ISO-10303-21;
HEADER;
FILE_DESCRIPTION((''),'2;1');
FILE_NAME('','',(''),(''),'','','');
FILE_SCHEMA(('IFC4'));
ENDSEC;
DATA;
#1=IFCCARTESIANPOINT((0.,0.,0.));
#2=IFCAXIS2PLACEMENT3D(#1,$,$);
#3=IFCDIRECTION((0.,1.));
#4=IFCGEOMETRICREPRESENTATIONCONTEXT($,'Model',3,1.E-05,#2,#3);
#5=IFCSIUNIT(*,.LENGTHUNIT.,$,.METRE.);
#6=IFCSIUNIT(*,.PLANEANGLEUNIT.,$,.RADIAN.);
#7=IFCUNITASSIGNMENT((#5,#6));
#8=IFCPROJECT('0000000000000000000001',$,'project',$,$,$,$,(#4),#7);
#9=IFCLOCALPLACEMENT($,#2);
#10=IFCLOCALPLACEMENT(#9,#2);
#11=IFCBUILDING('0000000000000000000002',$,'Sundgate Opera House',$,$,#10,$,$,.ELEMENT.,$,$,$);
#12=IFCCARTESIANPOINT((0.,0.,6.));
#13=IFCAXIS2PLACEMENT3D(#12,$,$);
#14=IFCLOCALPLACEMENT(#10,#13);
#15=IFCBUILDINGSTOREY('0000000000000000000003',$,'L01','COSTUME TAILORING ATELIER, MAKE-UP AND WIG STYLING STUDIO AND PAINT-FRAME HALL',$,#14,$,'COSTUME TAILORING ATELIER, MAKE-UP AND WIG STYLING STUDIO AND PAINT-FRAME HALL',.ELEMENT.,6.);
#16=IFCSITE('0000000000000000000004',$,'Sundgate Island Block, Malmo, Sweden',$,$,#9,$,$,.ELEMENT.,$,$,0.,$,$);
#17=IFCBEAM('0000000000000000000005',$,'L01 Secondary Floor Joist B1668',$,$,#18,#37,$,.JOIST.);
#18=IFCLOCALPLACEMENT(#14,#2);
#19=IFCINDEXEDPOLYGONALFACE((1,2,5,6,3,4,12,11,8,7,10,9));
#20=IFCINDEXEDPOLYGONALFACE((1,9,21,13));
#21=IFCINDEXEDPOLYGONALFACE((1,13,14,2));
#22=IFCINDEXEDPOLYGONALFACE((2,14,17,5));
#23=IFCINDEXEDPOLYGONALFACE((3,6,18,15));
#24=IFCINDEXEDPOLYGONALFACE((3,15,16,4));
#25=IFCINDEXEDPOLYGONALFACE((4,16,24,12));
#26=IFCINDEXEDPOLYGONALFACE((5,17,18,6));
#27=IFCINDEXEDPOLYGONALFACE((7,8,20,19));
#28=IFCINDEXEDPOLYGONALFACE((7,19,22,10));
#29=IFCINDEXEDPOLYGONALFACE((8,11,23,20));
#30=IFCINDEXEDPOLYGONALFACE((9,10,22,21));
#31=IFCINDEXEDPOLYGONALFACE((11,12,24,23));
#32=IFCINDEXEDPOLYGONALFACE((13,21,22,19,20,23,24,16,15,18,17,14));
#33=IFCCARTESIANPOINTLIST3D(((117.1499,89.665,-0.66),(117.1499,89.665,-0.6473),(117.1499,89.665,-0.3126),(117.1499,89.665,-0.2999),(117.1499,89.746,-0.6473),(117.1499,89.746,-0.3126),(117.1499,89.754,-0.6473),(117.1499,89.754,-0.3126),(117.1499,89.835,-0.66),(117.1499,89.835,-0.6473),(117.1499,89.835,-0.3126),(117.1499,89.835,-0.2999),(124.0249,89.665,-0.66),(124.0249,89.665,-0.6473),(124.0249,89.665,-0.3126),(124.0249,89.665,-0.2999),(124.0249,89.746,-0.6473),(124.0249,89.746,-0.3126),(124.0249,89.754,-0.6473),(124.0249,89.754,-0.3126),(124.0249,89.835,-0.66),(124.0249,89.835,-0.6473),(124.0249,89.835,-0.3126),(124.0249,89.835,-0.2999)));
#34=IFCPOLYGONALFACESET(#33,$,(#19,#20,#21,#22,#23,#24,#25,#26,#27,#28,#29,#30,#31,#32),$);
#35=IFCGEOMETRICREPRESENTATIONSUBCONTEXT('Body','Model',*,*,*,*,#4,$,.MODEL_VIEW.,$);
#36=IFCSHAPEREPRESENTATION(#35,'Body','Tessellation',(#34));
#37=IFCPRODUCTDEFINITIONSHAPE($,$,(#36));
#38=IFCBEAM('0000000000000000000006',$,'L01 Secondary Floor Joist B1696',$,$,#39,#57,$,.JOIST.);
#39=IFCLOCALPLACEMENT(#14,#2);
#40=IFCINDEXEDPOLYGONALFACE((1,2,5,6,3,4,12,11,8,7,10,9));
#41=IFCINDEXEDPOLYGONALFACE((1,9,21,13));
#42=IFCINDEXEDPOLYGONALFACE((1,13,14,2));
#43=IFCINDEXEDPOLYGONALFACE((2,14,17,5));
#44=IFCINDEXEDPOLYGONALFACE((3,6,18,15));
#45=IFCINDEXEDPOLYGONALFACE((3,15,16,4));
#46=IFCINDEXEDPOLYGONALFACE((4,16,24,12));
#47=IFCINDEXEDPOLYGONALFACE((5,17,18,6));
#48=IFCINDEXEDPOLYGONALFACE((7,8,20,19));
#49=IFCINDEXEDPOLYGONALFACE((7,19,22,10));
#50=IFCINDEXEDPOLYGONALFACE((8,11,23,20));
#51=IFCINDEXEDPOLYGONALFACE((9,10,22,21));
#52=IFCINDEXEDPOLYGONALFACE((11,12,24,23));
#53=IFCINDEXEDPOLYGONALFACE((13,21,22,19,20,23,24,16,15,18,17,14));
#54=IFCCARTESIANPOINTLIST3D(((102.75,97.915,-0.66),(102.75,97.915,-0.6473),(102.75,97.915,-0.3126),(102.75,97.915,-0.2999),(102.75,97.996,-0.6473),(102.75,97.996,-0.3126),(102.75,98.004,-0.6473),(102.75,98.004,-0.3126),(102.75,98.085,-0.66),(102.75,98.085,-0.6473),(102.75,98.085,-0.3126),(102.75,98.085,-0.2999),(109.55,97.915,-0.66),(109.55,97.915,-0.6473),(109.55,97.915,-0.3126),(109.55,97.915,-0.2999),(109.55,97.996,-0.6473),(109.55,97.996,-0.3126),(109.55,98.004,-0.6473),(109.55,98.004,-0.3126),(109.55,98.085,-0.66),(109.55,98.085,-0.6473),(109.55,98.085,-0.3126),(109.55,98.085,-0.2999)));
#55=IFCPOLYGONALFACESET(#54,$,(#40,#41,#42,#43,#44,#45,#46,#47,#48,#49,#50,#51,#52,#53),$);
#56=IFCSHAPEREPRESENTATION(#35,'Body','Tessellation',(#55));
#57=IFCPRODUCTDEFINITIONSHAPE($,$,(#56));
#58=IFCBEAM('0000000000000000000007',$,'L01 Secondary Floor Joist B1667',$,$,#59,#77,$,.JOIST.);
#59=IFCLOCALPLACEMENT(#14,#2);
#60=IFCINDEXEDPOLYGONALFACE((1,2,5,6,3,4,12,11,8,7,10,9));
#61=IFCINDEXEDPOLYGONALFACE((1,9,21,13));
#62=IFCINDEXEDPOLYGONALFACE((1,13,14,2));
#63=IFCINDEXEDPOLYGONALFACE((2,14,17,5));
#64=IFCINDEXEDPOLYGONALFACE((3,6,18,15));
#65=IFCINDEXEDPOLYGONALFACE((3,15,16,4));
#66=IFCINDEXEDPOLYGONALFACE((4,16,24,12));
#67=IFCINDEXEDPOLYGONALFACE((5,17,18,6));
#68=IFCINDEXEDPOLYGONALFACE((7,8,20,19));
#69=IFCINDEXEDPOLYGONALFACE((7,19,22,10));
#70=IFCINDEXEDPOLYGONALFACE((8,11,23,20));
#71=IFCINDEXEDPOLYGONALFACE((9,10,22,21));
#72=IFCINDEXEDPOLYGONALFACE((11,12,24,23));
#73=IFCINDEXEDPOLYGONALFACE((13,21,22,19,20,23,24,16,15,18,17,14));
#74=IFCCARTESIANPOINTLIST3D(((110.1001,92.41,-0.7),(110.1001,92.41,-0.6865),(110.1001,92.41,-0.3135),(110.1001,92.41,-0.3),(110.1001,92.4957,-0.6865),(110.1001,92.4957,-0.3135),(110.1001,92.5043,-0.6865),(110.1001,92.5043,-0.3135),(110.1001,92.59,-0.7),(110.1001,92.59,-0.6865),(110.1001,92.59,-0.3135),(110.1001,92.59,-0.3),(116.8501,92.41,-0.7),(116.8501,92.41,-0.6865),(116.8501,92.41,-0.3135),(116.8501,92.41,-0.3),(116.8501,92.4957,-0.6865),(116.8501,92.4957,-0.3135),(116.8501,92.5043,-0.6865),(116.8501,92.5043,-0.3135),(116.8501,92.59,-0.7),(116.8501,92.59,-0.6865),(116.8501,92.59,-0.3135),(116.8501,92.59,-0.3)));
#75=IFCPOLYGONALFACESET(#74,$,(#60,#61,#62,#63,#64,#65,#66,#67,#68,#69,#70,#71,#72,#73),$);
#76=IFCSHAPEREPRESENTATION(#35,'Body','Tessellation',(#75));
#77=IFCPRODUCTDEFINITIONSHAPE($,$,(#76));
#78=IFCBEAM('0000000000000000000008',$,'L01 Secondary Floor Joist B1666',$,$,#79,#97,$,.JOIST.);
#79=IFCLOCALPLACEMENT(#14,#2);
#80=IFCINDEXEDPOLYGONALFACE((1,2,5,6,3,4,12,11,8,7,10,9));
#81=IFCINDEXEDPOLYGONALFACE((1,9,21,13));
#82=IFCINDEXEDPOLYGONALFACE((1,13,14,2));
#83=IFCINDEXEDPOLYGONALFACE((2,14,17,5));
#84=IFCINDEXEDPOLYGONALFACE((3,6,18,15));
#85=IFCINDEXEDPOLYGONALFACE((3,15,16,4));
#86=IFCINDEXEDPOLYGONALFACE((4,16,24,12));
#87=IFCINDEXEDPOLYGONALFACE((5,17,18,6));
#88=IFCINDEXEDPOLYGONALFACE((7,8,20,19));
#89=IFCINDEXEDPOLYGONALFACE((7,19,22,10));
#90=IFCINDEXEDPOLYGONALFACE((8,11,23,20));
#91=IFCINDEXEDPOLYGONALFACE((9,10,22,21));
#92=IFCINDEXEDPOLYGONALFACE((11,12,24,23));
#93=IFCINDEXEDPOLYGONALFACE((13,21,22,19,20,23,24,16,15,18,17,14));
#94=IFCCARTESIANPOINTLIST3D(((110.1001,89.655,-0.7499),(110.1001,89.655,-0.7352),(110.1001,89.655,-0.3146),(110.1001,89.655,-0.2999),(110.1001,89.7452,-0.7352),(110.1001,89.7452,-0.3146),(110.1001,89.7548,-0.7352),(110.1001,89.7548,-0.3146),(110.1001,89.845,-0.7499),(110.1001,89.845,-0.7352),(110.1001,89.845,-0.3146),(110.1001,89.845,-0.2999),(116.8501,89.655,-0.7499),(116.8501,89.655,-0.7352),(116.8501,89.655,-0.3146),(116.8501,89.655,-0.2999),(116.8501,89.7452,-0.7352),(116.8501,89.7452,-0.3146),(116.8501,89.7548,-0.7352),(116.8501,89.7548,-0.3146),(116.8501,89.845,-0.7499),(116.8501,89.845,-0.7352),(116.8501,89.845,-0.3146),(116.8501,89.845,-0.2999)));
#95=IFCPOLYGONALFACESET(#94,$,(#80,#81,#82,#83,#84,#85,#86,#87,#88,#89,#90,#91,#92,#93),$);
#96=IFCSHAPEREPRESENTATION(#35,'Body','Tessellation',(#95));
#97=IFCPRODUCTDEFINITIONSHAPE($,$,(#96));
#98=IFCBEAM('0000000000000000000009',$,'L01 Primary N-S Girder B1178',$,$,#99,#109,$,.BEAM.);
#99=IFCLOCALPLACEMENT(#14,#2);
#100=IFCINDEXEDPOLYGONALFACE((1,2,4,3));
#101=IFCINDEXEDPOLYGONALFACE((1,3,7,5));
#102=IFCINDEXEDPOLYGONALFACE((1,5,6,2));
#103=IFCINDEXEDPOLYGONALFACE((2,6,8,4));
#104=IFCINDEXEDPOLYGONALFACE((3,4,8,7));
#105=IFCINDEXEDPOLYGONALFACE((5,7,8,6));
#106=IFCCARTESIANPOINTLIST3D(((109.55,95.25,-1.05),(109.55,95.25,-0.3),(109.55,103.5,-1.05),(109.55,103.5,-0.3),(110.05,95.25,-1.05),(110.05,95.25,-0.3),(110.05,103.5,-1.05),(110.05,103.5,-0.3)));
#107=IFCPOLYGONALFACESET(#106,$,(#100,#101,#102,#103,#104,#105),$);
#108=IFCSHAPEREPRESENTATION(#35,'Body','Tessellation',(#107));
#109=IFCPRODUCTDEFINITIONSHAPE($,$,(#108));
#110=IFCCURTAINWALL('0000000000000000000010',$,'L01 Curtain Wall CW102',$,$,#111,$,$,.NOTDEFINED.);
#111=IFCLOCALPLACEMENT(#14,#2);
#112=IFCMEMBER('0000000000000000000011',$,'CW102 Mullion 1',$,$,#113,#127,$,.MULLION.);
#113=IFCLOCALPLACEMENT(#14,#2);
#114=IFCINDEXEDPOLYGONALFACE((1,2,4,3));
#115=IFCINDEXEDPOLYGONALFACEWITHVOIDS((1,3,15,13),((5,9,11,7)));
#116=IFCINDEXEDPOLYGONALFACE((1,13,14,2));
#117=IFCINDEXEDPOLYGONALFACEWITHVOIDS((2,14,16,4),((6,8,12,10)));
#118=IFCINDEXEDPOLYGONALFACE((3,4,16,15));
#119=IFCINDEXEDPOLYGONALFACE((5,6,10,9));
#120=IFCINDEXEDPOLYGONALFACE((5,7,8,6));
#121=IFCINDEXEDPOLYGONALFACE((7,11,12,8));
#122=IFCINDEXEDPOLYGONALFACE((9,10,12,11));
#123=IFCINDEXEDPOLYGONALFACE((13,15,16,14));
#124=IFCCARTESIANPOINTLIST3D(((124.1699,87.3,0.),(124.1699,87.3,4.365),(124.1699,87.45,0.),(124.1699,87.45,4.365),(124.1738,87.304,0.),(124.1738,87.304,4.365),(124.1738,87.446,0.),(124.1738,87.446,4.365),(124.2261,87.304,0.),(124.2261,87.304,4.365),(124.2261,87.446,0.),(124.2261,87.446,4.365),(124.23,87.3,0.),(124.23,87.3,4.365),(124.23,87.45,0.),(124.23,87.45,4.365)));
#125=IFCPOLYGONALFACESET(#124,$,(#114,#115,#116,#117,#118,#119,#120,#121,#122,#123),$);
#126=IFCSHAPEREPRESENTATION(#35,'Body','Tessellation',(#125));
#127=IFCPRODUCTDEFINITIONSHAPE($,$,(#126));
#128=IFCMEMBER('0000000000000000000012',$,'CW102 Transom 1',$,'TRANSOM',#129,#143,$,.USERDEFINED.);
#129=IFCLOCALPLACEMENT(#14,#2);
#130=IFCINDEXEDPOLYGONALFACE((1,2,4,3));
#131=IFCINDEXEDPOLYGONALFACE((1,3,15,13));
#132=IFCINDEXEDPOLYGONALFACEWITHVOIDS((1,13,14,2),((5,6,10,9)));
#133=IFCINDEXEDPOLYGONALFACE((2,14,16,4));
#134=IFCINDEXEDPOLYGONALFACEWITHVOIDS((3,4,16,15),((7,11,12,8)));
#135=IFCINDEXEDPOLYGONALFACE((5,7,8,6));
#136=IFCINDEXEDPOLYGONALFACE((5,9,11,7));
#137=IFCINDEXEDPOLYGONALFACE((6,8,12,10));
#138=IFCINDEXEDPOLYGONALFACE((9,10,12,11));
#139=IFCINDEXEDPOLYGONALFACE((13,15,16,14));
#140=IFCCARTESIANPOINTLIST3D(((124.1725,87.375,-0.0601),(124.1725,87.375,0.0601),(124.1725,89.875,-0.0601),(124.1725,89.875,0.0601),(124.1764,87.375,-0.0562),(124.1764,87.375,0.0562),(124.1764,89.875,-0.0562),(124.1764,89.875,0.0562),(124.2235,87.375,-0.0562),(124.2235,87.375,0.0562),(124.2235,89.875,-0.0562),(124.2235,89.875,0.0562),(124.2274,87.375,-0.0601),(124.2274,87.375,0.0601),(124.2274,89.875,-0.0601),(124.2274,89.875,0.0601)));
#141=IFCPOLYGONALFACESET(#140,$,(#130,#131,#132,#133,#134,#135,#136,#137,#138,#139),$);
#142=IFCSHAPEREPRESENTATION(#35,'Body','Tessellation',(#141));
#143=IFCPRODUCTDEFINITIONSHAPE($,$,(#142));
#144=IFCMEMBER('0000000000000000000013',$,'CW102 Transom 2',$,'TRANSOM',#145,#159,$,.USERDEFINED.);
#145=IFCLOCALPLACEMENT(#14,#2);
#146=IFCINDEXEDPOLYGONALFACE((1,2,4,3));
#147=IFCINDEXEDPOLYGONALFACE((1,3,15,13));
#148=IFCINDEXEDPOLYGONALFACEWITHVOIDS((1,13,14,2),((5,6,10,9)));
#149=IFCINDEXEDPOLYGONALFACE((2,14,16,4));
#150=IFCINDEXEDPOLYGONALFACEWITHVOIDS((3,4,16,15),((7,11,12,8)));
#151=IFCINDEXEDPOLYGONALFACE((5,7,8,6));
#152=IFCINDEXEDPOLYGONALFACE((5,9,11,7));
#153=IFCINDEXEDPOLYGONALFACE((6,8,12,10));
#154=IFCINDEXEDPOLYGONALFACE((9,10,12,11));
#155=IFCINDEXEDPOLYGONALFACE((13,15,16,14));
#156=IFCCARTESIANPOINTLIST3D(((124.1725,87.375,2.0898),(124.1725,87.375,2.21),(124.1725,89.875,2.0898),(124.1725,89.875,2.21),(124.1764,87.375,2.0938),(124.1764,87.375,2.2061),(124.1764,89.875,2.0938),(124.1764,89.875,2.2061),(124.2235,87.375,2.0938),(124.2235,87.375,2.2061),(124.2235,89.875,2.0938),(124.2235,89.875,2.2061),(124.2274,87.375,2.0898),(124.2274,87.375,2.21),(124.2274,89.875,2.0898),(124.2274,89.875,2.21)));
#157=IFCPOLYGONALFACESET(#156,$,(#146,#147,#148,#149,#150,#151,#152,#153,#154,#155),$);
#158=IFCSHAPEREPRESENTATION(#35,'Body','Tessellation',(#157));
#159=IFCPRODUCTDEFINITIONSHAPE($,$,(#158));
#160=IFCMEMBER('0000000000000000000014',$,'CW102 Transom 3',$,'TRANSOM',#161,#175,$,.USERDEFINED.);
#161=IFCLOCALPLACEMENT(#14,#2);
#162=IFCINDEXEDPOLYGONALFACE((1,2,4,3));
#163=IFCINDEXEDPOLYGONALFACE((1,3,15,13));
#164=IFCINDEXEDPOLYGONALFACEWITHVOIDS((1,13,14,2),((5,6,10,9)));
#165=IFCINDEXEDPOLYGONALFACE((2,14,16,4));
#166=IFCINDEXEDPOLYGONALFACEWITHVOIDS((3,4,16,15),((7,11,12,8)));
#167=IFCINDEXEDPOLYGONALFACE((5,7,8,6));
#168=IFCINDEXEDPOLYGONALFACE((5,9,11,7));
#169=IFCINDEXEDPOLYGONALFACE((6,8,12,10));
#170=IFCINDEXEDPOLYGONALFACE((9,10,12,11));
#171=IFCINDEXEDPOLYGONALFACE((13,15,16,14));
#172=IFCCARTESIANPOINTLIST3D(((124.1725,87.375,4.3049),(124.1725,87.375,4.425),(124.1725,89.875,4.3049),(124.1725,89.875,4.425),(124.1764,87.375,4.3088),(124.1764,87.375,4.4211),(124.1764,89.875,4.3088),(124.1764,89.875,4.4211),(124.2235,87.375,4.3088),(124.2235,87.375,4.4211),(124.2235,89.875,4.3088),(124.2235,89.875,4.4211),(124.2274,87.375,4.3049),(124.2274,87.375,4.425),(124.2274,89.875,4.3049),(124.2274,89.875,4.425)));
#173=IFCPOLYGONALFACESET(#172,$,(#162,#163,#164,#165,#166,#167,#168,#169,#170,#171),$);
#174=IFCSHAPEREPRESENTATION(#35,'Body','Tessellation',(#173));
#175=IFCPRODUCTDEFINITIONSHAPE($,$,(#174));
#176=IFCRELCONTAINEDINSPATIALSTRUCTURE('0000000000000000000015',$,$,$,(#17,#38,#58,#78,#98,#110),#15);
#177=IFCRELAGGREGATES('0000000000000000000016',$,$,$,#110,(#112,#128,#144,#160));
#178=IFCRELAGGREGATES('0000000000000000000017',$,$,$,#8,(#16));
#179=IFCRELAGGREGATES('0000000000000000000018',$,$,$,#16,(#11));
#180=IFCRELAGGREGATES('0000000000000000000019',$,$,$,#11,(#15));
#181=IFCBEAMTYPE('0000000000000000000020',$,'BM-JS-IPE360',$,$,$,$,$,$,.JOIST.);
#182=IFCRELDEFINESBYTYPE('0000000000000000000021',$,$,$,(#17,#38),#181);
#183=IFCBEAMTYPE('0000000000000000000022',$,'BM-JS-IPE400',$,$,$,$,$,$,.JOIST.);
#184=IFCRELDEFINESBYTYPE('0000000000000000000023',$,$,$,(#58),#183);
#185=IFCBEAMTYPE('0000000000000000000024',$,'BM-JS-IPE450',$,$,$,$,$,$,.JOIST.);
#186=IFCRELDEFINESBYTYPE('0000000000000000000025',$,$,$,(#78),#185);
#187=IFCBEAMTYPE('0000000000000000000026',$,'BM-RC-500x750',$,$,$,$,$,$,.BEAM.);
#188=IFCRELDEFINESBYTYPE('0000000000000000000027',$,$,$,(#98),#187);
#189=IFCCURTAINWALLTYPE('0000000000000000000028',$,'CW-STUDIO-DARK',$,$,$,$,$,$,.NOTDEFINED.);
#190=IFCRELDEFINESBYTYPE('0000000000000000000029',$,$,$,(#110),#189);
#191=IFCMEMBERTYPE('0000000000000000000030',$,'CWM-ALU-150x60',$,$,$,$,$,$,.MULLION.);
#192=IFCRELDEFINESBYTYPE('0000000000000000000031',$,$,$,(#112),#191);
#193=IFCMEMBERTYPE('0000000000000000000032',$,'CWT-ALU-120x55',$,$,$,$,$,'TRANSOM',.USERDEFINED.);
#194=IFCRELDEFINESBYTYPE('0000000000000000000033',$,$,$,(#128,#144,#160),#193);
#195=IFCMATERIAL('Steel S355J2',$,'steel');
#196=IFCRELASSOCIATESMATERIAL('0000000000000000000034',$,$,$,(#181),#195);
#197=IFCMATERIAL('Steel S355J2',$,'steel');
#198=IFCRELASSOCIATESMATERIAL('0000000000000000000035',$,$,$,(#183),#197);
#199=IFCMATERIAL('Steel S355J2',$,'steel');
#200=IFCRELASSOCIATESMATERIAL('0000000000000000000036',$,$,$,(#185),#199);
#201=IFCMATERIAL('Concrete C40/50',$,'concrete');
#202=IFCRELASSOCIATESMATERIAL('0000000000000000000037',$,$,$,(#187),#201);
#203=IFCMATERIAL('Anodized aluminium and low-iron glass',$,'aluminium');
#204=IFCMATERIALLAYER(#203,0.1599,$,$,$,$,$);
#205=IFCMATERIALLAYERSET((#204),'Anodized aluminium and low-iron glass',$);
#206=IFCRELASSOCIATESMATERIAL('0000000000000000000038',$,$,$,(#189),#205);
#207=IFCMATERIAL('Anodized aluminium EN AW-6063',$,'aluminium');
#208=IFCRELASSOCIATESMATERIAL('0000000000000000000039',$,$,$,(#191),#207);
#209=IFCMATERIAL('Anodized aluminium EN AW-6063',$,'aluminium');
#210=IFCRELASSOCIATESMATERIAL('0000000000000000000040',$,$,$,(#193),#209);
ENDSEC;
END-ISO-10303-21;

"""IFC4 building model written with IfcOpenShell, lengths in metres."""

from ifc_helpers import new_model, si_unit, direction, frame, origin, origin_2d, place, context, subcontext, project, spatial, rectangle, hollow_rectangle, i_section, extrude, material, layer, layer_set, material_profile, profile_set, type_object, element, aggregate, save


model = new_model("IFC4")

# Units and contexts
model_context = context("Model", 3, precision=1e-05, world=origin(), true_north=direction((0.0, 1.0)))
body_context = subcontext(model_context, "Body", "Model", "MODEL_VIEW")
ifc_project = project(units=[si_unit("LENGTHUNIT", "METRE"), si_unit("PLANEANGLEUNIT", "RADIAN")], contexts=[model_context])

# Site, building, storey
site_placement = place(None, origin())
site = spatial("IfcSite", under=ifc_project, at=site_placement, Name="Sundgate Island Block, Malmo, Sweden", CompositionType="ELEMENT", RefElevation=0.0)
building_placement = place(site_placement, origin())
building = spatial("IfcBuilding", under=site, at=building_placement, Name="Sundgate Opera House", CompositionType="ELEMENT")
storey_placement = place(building_placement, frame((0.0, 0.0, 6.0)))
storey = spatial("IfcBuildingStorey", under=building, at=storey_placement, Name="L01", Description="COSTUME TAILORING ATELIER, MAKE-UP AND WIG STYLING STUDIO AND PAINT-FRAME HALL", LongName="COSTUME TAILORING ATELIER, MAKE-UP AND WIG STYLING STUDIO AND PAINT-FRAME HALL", CompositionType="ELEMENT", Elevation=6.0)

# Beams
ifc_material_1 = material(Name="Steel S355J2", Category="steel")
ifc_material_profile_1 = material_profile(ifc_material_1, i_section(OverallWidth=0.1699, OverallDepth=0.3601, WebThickness=0.0081, FlangeThickness=0.0127, at=origin_2d()), Name="IPE 360")
ifc_profile_set_1 = profile_set([ifc_material_profile_1], Name="Steel S355J2")
beam_type_1 = type_object("IfcBeamType", Name="BM-JS-IPE360", PredefinedType="JOIST", material=ifc_profile_set_1)
beam_1_placement = place(storey_placement, frame((117.1499, 89.75, -0.48), z_axis=(1.0, 0.0, 0.0), x_axis=(0.0, 1.0, 0.0)))
element("IfcBeam", 1, at=beam_1_placement, inside=storey, type_object=beam_type_1, Name="L01 Secondary Floor Joist B1668", PredefinedType="JOIST", context=body_context, shape_type="SweptSolid", body=[
    extrude(i_section(OverallWidth=0.1699, OverallDepth=0.3601, WebThickness=0.0081, FlangeThickness=0.0127, at=origin_2d()), origin(), (0.0, 0.0, 1.0), 6.875),
])
beam_2_placement = place(storey_placement, frame((102.75, 98.0, -0.48), z_axis=(1.0, 0.0, 0.0), x_axis=(0.0, 1.0, 0.0)))
element("IfcBeam", 2, at=beam_2_placement, inside=storey, type_object=beam_type_1, Name="L01 Secondary Floor Joist B1696", PredefinedType="JOIST", context=body_context, shape_type="SweptSolid", body=[
    extrude(i_section(OverallWidth=0.1699, OverallDepth=0.3601, WebThickness=0.0081, FlangeThickness=0.0127, at=origin_2d()), origin(), (0.0, 0.0, 1.0), 6.8),
])
ifc_material_2 = material(Name="Steel S355J2", Category="steel")
ifc_material_profile_2 = material_profile(ifc_material_2, i_section(OverallWidth=0.1799, OverallDepth=0.3999, WebThickness=0.0085, FlangeThickness=0.0134, at=origin_2d()), Name="IPE 400")
ifc_profile_set_2 = profile_set([ifc_material_profile_2], Name="Steel S355J2")
beam_type_2 = type_object("IfcBeamType", Name="BM-JS-IPE400", PredefinedType="JOIST", material=ifc_profile_set_2)
beam_3_placement = place(storey_placement, frame((110.1001, 92.5, -0.5), z_axis=(1.0, 0.0, 0.0), x_axis=(0.0, 1.0, 0.0)))
element("IfcBeam", 3, at=beam_3_placement, inside=storey, type_object=beam_type_2, Name="L01 Secondary Floor Joist B1667", PredefinedType="JOIST", context=body_context, shape_type="SweptSolid", body=[
    extrude(i_section(OverallWidth=0.1799, OverallDepth=0.3999, WebThickness=0.0085, FlangeThickness=0.0134, at=origin_2d()), origin(), (0.0, 0.0, 1.0), 6.75),
])
ifc_material_3 = material(Name="Steel S355J2", Category="steel")
ifc_material_profile_3 = material_profile(ifc_material_3, i_section(OverallWidth=0.1899, OverallDepth=0.45, WebThickness=0.0095, FlangeThickness=0.0146, at=origin_2d()), Name="IPE 450")
ifc_profile_set_3 = profile_set([ifc_material_profile_3], Name="Steel S355J2")
beam_type_3 = type_object("IfcBeamType", Name="BM-JS-IPE450", PredefinedType="JOIST", material=ifc_profile_set_3)
beam_4_placement = place(storey_placement, frame((110.1001, 89.75, -0.5249), z_axis=(1.0, 0.0, 0.0), x_axis=(0.0, 1.0, 0.0)))
element("IfcBeam", 4, at=beam_4_placement, inside=storey, type_object=beam_type_3, Name="L01 Secondary Floor Joist B1666", PredefinedType="JOIST", context=body_context, shape_type="SweptSolid", body=[
    extrude(i_section(OverallWidth=0.1899, OverallDepth=0.45, WebThickness=0.0095, FlangeThickness=0.0146, at=origin_2d()), origin(), (0.0, 0.0, 1.0), 6.75),
])
ifc_material_4 = material(Name="Concrete C40/50", Category="concrete")
ifc_material_profile_4 = material_profile(ifc_material_4, rectangle(XDim=0.5, YDim=0.75, at=origin_2d()), Name="RC 500x750")
ifc_profile_set_4 = profile_set([ifc_material_profile_4], Name="Concrete C40/50")
beam_type_4 = type_object("IfcBeamType", Name="BM-RC-500x750", PredefinedType="BEAM", material=ifc_profile_set_4)
beam_5_placement = place(storey_placement, frame((109.8, 95.25, -0.675), z_axis=(0.0, 1.0, 0.0), x_axis=(-1.0, 0.0, 0.0)))
element("IfcBeam", 5, at=beam_5_placement, inside=storey, type_object=beam_type_4, Name="L01 Primary N-S Girder B1178", PredefinedType="BEAM", context=body_context, shape_type="SweptSolid", body=[
    extrude(rectangle(XDim=0.5, YDim=0.75, at=origin_2d()), origin(), (0.0, 0.0, 1.0), 8.25),
])

# Curtain wall, members
ifc_material_5 = material(Name="Anodized aluminium and low-iron glass", Category="aluminium")
ifc_layer_1 = layer(ifc_material_5, 0.1599)
ifc_layer_set_1 = layer_set([ifc_layer_1], Name="Anodized aluminium and low-iron glass")
curtain_wall_type = type_object("IfcCurtainWallType", Name="CW-STUDIO-DARK", PredefinedType="NOTDEFINED", material=ifc_layer_set_1)
curtain_wall_placement = place(storey_placement, origin())
curtain_wall = element("IfcCurtainWall", 6, at=curtain_wall_placement, inside=storey, type_object=curtain_wall_type, Name="L01 Curtain Wall CW102", PredefinedType="NOTDEFINED")
ifc_material_6 = material(Name="Anodized aluminium EN AW-6063", Category="aluminium")
ifc_material_profile_5 = material_profile(ifc_material_6, hollow_rectangle(XDim=0.0601, YDim=0.1499, WallThickness=0.0039, at=origin_2d()), Name="CWM 150x60x4")
ifc_profile_set_5 = profile_set([ifc_material_profile_5], Name="Anodized aluminium EN AW-6063")
member_type_1 = type_object("IfcMemberType", Name="CWM-ALU-150x60", PredefinedType="MULLION", material=ifc_profile_set_5)
member_1_placement = place(storey_placement, frame((124.2, 87.375, 0.0), z_axis=(0.0, 0.0, 1.0), x_axis=(1.0, 0.0, 0.0)))
member_1 = element("IfcMember", 7, at=member_1_placement, type_object=member_type_1, Name="CW102 Mullion 1", PredefinedType="MULLION", context=body_context, shape_type="SweptSolid", body=[
    extrude(hollow_rectangle(XDim=0.0601, YDim=0.1499, WallThickness=0.0039, at=origin_2d()), origin(), (0.0, 0.0, 1.0), 4.365),
])
ifc_material_7 = material(Name="Anodized aluminium EN AW-6063", Category="aluminium")
ifc_material_profile_6 = material_profile(ifc_material_7, hollow_rectangle(XDim=0.0549, YDim=0.1201, WallThickness=0.0039, at=origin_2d()), Name="CWT 120x55x4")
ifc_profile_set_6 = profile_set([ifc_material_profile_6], Name="Anodized aluminium EN AW-6063")
member_type_2 = type_object("IfcMemberType", Name="CWT-ALU-120x55", ElementType="TRANSOM", PredefinedType="USERDEFINED", material=ifc_profile_set_6)
member_2_placement = place(storey_placement, frame((124.2, 87.375, 0.0), z_axis=(0.0, 1.0, 0.0), x_axis=(-1.0, 0.0, 0.0)))
member_2 = element("IfcMember", 8, at=member_2_placement, type_object=member_type_2, Name="CW102 Transom 1", ObjectType="TRANSOM", PredefinedType="USERDEFINED", context=body_context, shape_type="SweptSolid", body=[
    extrude(hollow_rectangle(XDim=0.0549, YDim=0.1201, WallThickness=0.0039, at=origin_2d()), origin(), (0.0, 0.0, 1.0), 2.5),
])
member_3_placement = place(storey_placement, frame((124.2, 87.375, 2.1499), z_axis=(0.0, 1.0, 0.0), x_axis=(-1.0, 0.0, 0.0)))
member_3 = element("IfcMember", 9, at=member_3_placement, type_object=member_type_2, Name="CW102 Transom 2", ObjectType="TRANSOM", PredefinedType="USERDEFINED", context=body_context, shape_type="SweptSolid", body=[
    extrude(hollow_rectangle(XDim=0.0549, YDim=0.1201, WallThickness=0.0039, at=origin_2d()), origin(), (0.0, 0.0, 1.0), 2.5),
])
member_4_placement = place(storey_placement, frame((124.2, 87.375, 4.365), z_axis=(0.0, 1.0, 0.0), x_axis=(-1.0, 0.0, 0.0)))
member_4 = element("IfcMember", 10, at=member_4_placement, type_object=member_type_2, Name="CW102 Transom 3", ObjectType="TRANSOM", PredefinedType="USERDEFINED", context=body_context, shape_type="SweptSolid", body=[
    extrude(hollow_rectangle(XDim=0.0549, YDim=0.1201, WallThickness=0.0039, at=origin_2d()), origin(), (0.0, 0.0, 1.0), 2.5),
])
aggregate(curtain_wall, [member_1, member_2, member_3, member_4])

save(model, "model.ifc")
